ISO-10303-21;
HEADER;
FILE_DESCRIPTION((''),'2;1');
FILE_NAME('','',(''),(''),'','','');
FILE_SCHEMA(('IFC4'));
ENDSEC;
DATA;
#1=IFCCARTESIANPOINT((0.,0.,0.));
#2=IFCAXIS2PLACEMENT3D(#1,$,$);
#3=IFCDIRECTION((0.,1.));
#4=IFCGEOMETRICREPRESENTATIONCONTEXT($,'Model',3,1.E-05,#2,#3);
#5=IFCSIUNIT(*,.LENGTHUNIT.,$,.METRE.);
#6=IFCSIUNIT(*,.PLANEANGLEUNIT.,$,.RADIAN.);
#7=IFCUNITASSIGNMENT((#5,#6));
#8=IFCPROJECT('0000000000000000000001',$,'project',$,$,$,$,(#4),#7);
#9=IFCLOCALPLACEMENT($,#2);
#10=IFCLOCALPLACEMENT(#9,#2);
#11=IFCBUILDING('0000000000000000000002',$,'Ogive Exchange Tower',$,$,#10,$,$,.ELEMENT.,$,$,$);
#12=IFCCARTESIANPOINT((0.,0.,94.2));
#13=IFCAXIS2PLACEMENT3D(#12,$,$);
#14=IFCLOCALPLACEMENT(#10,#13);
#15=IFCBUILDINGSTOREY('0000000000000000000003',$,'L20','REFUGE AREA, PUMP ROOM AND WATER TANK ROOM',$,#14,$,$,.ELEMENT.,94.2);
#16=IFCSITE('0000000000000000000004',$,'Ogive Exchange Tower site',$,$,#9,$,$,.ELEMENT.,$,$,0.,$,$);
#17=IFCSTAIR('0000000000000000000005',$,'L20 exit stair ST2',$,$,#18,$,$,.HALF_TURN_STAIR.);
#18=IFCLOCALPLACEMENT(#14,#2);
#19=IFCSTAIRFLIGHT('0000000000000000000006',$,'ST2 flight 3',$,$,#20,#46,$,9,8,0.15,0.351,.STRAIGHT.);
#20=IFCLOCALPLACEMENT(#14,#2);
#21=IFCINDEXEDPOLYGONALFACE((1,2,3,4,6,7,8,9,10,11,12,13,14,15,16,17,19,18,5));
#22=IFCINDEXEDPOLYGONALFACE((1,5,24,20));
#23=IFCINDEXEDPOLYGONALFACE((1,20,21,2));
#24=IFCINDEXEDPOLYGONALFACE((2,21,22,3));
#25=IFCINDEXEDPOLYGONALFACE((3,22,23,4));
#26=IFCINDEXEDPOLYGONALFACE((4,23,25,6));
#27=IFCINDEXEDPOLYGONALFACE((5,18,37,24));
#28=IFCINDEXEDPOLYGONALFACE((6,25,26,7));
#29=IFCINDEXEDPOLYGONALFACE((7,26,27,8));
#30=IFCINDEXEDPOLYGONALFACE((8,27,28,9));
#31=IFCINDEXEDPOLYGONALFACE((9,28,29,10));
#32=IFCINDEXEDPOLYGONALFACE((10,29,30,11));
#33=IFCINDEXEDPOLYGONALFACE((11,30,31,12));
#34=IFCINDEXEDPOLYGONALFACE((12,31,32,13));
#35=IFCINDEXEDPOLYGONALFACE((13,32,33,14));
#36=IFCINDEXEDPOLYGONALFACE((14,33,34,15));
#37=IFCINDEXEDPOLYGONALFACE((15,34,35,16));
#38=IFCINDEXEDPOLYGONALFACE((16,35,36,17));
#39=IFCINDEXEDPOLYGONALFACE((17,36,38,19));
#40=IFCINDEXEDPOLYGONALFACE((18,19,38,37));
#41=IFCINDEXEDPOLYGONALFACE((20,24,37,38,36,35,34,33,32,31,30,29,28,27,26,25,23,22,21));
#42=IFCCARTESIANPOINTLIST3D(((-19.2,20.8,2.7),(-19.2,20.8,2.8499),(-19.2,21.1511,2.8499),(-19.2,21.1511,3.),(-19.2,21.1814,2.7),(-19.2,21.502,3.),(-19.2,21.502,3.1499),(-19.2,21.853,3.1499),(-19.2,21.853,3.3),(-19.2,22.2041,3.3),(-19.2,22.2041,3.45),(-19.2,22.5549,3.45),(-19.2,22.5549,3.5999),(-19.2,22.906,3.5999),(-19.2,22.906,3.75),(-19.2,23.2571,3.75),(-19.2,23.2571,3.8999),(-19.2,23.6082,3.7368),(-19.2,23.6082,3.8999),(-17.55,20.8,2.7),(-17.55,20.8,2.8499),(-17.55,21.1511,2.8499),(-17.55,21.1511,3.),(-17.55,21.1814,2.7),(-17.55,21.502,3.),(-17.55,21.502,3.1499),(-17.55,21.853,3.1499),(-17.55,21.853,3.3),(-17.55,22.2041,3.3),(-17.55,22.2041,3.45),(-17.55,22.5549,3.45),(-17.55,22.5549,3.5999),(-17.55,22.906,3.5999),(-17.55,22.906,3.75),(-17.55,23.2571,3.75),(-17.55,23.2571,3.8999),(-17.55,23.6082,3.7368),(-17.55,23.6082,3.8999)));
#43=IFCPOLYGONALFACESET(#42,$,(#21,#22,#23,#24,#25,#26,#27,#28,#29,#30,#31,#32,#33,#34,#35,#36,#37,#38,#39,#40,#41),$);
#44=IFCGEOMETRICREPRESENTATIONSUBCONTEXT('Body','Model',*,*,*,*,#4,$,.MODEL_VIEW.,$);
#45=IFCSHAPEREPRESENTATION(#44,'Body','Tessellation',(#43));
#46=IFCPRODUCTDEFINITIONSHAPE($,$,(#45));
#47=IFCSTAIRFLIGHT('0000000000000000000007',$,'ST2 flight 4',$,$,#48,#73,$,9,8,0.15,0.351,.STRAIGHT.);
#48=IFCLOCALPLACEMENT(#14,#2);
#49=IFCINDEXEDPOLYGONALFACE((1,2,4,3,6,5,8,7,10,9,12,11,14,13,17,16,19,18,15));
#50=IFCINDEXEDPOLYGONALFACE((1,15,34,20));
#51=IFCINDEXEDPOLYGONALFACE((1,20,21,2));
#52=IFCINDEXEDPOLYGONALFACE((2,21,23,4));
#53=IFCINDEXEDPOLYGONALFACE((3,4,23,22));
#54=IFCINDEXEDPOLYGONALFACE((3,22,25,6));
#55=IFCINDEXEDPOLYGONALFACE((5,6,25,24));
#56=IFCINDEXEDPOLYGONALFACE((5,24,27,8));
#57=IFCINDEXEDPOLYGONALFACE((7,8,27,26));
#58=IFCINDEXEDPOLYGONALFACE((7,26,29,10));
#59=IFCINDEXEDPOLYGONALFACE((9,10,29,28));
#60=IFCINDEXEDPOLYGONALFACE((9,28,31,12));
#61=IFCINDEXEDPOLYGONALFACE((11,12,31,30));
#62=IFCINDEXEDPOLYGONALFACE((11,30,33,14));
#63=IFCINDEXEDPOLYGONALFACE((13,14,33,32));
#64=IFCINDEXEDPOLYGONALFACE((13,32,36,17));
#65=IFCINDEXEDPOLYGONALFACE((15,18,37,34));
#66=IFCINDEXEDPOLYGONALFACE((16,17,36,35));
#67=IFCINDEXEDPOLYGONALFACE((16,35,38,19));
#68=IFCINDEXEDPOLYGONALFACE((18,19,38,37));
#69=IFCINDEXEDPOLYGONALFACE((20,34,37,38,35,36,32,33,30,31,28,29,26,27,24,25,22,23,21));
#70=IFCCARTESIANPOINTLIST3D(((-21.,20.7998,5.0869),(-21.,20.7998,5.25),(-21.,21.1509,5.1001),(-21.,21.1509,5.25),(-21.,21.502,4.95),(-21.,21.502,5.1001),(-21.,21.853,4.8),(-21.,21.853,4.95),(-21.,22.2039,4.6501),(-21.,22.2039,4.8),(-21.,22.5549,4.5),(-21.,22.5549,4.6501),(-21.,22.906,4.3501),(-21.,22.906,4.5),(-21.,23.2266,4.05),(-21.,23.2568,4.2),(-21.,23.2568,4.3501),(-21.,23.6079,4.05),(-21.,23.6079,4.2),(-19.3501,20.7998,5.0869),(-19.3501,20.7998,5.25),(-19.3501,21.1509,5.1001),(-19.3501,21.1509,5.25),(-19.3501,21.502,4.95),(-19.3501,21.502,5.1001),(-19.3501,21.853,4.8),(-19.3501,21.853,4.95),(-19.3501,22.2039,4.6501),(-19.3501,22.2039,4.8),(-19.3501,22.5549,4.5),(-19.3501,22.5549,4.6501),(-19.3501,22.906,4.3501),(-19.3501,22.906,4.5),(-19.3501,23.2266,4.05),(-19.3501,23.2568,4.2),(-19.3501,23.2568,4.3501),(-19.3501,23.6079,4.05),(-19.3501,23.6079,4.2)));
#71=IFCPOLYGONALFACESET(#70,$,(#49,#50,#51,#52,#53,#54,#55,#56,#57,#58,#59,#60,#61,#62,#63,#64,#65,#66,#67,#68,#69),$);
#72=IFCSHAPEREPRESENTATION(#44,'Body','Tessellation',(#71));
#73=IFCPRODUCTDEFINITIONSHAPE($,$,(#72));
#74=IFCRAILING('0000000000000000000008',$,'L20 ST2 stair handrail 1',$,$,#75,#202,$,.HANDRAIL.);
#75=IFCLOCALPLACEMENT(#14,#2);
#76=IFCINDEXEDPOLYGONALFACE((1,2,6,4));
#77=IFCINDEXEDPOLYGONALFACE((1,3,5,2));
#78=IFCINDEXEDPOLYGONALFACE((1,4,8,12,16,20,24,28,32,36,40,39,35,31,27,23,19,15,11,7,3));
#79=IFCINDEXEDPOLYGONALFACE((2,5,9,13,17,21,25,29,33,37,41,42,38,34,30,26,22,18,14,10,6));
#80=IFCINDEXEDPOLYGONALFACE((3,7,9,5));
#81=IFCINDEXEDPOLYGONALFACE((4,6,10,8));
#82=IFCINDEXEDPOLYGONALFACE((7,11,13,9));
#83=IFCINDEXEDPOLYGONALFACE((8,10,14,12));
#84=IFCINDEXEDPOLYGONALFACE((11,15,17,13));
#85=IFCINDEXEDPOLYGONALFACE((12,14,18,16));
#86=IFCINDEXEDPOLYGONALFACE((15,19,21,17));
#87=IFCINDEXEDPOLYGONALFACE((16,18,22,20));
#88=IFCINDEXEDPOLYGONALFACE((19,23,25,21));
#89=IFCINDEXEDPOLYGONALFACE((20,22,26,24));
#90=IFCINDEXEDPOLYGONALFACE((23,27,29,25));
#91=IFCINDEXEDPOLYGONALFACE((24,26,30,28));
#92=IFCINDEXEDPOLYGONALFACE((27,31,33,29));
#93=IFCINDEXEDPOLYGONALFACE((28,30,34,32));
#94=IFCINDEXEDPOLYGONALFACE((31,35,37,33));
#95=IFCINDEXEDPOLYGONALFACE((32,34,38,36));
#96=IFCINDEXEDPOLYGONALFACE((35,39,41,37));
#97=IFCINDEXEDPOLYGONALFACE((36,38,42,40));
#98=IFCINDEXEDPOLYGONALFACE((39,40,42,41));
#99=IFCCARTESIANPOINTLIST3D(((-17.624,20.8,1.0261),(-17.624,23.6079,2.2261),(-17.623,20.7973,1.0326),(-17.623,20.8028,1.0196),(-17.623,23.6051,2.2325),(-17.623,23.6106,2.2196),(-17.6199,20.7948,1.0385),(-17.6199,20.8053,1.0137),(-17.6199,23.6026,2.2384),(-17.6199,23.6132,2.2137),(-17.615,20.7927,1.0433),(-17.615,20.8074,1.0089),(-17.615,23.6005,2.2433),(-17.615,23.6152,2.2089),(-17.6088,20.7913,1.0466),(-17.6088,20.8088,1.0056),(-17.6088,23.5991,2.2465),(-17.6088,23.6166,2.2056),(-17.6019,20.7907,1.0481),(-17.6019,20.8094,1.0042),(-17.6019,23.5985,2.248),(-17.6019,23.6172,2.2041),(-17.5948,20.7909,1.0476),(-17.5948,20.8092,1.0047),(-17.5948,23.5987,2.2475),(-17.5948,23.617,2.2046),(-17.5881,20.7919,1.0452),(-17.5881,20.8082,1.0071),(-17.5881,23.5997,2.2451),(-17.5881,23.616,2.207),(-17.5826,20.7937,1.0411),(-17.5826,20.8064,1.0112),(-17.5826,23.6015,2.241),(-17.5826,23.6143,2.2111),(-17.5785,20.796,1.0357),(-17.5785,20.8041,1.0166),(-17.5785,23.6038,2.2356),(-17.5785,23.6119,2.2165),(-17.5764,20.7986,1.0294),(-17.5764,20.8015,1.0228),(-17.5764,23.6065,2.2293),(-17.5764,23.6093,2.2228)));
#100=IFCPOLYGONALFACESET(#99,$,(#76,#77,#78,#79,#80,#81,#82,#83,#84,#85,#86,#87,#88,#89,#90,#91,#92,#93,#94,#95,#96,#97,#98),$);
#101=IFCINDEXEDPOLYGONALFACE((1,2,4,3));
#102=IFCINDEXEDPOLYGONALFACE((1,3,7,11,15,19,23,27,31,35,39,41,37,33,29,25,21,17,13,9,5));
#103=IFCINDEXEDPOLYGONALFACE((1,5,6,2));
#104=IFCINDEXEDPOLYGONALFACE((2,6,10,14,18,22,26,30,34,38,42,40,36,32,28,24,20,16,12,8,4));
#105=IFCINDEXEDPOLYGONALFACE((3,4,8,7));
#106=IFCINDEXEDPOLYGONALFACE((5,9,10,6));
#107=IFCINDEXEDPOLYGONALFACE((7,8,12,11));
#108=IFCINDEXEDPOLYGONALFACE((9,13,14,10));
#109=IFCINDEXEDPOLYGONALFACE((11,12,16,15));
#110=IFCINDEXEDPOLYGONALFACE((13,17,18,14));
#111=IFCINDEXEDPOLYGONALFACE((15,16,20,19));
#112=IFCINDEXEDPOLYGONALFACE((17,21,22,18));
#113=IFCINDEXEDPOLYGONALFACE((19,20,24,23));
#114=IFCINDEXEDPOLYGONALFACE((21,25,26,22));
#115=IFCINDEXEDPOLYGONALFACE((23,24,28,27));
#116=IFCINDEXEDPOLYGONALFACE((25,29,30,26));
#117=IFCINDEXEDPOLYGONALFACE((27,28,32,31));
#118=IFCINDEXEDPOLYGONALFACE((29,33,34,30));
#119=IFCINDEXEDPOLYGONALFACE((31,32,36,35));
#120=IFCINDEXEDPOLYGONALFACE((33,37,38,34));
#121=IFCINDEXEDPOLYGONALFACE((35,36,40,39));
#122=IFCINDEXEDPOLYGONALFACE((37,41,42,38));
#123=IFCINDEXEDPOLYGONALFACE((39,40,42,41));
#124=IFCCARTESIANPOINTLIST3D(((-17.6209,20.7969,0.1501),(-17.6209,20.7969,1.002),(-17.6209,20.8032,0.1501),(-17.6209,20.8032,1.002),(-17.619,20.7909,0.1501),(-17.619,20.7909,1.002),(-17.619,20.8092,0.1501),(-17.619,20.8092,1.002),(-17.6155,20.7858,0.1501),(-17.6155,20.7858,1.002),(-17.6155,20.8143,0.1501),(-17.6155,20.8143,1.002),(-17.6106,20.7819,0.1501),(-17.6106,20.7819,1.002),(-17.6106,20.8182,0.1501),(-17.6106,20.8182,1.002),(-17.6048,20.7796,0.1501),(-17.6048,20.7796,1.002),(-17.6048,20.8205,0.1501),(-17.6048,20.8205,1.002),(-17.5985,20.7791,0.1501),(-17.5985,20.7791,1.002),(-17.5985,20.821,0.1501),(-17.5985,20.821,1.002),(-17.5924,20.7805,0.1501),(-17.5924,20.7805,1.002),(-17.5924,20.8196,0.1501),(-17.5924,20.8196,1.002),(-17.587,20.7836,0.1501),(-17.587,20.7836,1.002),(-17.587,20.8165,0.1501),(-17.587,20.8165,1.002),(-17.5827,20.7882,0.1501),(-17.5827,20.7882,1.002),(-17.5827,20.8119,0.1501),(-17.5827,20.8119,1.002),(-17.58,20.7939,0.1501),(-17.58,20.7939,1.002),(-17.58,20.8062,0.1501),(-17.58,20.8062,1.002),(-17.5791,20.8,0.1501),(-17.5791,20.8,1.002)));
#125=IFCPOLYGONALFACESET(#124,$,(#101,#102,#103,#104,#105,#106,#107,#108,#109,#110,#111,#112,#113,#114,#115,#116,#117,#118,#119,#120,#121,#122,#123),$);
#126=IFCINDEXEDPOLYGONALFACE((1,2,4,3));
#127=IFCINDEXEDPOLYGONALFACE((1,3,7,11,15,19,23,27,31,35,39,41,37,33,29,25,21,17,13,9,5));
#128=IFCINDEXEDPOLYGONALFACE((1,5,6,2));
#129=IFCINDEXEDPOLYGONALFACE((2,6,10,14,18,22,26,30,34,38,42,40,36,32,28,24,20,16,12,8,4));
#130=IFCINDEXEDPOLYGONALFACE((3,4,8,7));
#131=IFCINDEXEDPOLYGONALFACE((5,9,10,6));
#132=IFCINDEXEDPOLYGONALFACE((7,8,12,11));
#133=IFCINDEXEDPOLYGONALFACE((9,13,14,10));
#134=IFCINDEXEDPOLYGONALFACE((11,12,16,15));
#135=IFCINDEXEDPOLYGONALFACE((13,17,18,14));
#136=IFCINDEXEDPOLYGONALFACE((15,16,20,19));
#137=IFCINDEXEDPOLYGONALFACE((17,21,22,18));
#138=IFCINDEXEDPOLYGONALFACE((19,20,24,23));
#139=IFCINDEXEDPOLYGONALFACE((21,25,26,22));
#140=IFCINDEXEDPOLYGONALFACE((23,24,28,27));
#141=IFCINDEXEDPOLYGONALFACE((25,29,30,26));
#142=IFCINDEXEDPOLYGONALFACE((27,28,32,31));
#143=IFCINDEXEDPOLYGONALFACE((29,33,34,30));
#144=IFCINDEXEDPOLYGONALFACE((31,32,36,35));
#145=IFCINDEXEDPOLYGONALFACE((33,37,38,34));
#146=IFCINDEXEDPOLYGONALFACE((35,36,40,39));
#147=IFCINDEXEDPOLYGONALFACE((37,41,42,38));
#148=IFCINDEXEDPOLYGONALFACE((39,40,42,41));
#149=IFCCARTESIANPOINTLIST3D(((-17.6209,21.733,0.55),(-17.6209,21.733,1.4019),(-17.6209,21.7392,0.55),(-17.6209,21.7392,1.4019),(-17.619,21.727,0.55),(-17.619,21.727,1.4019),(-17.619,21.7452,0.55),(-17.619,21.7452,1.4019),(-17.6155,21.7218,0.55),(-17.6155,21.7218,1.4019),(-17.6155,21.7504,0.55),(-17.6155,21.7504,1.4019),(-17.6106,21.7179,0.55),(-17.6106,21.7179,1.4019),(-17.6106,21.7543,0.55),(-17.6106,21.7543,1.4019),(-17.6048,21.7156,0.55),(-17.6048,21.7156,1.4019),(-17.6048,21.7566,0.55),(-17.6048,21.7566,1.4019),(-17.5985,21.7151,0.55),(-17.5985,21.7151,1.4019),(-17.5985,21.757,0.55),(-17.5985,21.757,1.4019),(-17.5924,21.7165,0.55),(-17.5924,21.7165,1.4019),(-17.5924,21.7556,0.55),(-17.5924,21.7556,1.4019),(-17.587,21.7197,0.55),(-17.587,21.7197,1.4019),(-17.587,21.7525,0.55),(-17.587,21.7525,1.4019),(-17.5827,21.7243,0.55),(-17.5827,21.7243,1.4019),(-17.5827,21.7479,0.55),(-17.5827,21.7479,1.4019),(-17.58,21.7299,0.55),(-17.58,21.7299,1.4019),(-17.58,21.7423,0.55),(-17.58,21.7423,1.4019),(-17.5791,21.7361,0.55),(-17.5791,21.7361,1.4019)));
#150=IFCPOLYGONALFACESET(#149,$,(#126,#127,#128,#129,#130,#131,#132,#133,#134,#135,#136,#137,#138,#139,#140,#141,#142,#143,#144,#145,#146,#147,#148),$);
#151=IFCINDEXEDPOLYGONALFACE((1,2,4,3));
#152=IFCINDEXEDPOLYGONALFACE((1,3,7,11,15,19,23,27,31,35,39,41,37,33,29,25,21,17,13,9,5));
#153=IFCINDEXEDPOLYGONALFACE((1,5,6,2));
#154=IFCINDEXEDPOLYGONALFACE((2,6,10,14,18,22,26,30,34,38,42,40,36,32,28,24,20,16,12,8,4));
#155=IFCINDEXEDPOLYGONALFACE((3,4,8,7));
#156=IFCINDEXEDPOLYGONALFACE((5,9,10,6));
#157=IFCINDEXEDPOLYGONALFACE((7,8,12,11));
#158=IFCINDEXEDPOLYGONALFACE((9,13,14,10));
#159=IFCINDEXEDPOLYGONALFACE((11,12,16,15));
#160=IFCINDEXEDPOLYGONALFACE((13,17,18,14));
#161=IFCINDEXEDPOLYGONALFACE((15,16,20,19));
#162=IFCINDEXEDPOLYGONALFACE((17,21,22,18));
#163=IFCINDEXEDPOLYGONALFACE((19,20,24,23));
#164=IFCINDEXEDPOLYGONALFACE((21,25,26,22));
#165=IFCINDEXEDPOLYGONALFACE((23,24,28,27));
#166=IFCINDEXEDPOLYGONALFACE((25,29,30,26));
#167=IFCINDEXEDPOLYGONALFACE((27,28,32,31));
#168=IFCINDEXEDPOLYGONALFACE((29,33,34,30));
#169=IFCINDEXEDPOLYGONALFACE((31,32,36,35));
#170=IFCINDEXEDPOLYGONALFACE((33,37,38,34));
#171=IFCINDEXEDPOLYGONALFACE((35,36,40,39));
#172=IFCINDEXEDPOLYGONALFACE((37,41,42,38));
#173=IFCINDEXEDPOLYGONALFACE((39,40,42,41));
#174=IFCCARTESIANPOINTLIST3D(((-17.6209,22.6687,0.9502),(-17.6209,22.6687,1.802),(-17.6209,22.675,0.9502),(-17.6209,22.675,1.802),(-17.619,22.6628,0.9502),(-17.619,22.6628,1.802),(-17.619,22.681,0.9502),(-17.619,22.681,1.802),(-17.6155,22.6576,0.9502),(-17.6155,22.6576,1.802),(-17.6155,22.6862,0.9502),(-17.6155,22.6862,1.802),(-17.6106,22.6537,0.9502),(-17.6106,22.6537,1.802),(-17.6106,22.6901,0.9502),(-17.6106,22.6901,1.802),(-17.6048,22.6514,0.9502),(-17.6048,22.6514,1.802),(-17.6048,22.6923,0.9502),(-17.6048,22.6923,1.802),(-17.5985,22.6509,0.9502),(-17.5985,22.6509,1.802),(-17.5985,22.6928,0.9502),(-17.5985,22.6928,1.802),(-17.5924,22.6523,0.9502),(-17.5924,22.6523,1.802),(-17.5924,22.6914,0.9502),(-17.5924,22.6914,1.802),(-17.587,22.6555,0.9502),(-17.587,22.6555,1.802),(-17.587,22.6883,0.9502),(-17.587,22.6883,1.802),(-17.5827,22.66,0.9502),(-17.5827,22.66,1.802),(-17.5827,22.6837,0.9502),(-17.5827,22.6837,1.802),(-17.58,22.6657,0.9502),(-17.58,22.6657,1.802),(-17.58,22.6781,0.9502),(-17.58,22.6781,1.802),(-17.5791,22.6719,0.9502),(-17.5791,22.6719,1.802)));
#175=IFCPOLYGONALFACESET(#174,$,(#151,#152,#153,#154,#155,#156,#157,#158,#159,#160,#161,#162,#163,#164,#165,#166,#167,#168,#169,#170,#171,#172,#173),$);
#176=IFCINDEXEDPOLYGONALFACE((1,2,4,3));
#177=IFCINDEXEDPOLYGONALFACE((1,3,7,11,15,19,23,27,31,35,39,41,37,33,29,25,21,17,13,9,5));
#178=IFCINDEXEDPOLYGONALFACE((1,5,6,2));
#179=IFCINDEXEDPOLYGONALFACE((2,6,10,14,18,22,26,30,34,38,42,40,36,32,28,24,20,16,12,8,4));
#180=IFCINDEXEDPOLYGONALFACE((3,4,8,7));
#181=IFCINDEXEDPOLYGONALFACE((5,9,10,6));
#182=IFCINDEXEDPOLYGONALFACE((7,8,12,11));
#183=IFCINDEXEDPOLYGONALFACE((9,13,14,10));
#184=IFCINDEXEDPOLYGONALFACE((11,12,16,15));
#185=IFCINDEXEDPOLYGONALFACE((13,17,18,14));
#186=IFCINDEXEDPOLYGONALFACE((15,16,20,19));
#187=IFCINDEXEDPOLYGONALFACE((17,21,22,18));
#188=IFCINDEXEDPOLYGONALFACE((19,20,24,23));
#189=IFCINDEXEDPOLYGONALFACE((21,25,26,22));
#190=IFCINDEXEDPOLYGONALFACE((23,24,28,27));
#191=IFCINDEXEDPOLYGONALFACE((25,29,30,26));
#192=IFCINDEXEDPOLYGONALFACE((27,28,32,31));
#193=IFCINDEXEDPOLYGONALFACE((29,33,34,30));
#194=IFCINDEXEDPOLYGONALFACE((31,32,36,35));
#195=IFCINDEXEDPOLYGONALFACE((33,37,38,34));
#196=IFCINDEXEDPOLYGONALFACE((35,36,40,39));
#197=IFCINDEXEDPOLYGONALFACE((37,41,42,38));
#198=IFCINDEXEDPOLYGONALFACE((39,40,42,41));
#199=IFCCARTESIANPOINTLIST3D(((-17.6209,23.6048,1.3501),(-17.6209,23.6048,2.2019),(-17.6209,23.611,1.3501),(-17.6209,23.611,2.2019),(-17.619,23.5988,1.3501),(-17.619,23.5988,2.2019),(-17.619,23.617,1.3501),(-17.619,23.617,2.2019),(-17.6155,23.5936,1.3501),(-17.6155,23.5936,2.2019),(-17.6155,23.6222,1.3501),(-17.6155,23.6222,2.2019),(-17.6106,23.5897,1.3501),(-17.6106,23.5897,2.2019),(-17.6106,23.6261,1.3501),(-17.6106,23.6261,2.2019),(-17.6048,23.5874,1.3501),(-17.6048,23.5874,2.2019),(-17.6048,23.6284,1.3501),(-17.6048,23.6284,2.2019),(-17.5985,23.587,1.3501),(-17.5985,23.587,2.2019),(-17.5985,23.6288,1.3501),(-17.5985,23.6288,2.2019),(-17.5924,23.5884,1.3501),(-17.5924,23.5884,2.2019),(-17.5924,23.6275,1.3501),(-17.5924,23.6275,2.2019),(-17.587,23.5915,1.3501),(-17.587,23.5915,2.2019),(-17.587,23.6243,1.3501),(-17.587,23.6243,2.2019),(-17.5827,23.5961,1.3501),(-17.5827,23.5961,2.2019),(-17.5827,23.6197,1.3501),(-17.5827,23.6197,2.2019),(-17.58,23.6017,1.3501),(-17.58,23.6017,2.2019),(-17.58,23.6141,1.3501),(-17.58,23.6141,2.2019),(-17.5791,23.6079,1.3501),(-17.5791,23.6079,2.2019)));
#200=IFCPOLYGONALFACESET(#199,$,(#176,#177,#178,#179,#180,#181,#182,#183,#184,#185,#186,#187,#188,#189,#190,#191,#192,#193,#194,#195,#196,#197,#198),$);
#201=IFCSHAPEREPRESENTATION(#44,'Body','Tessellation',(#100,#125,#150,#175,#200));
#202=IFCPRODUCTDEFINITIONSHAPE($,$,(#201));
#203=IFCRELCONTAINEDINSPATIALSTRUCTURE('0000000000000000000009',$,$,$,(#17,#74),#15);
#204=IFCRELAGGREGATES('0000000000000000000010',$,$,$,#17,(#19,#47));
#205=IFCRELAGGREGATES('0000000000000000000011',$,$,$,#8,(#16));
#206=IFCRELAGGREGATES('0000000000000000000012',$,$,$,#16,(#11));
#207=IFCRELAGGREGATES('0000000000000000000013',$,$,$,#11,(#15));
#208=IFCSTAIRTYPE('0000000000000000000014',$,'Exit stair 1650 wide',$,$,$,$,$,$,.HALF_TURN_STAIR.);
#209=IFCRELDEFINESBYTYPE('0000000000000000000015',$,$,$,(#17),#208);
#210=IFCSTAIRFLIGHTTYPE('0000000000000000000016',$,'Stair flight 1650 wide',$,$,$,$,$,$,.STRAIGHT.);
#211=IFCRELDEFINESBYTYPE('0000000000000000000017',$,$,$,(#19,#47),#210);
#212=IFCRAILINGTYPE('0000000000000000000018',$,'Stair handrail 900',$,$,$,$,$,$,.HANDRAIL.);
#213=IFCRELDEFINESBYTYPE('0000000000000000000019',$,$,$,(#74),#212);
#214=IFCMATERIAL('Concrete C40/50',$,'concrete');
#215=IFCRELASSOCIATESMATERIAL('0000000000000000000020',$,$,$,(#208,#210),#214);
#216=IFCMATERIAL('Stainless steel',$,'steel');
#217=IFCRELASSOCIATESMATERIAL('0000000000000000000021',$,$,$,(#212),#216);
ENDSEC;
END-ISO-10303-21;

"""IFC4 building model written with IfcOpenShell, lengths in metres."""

from ifc_helpers import new_model, si_unit, direction, frame, origin, origin_2d, place, context, subcontext, project, spatial, polyline, circle, outline, extrude, material, type_object, element, aggregate, save


model = new_model("IFC4")

# Units and contexts
model_context = context("Model", 3, precision=1e-05, world=origin(), true_north=direction((0.0, 1.0)))
body_context = subcontext(model_context, "Body", "Model", "MODEL_VIEW")
ifc_project = project(units=[si_unit("LENGTHUNIT", "METRE"), si_unit("PLANEANGLEUNIT", "RADIAN")], contexts=[model_context])

# Site, building, storey
site_placement = place(None, origin())
site = spatial("IfcSite", under=ifc_project, at=site_placement, Name="Ogive Exchange Tower site", CompositionType="ELEMENT", RefElevation=0.0)
building_placement = place(site_placement, origin())
building = spatial("IfcBuilding", under=site, at=building_placement, Name="Ogive Exchange Tower", CompositionType="ELEMENT")
storey_placement = place(building_placement, frame((0.0, 0.0, 94.2)))
storey = spatial("IfcBuildingStorey", under=building, at=storey_placement, Name="L20", Description="REFUGE AREA, PUMP ROOM AND WATER TANK ROOM", CompositionType="ELEMENT", Elevation=94.2)

# Stair, stair flights
ifc_material_1 = material(Name="Concrete C40/50", Category="concrete")
stair_type = type_object("IfcStairType", Name="Exit stair 1650 wide", PredefinedType="HALF_TURN_STAIR", material=ifc_material_1)
stair_placement = place(storey_placement, origin())
stair = element("IfcStair", 1, at=stair_placement, inside=storey, type_object=stair_type, Name="L20 exit stair ST2", PredefinedType="HALF_TURN_STAIR")
stair_flight_type = type_object("IfcStairFlightType", Name="Stair flight 1650 wide", PredefinedType="STRAIGHT", material=ifc_material_1)
stair_flight_1_placement = place(storey_placement, frame((-18.375, 20.8, 2.7), z_axis=(0.0, 0.0, 1.0), x_axis=(0.0, 1.0, 0.0)))
stair_flight_1 = element("IfcStairFlight", 2, at=stair_flight_1_placement, type_object=stair_flight_type, Name="ST2 flight 3", NumberOfRisers=9, NumberOfTreads=8, PredefinedType="STRAIGHT", RiserHeight=0.15, TreadLength=0.351, context=body_context, shape_type="SweptSolid", body=[
    extrude(outline(polyline([(0.0, 0.0), (0.0, 0.1499), (0.3511, 0.1499), (0.3511, 0.3), (0.7019, 0.3), (0.7019, 0.45), (1.053, 0.45), (1.053, 0.6001), (1.4041, 0.6001), (1.4041, 0.75), (1.7549, 0.75), (1.7549, 0.8999), (2.106, 0.8999), (2.106, 1.05), (2.457, 1.05), (2.457, 1.2), (2.8081, 1.2), (2.8081, 1.3501), (2.8081, 1.0369), (0.3813, 0.0), (0.0, 0.0)])), frame((0.0, 0.825, 0.0), z_axis=(0.0, -1.0, 0.0), x_axis=(1.0, 0.0, 0.0)), (0.0, 0.0, 1.0), 1.6499),
])
stair_flight_2_placement = place(storey_placement, frame((-20.175, 23.6079, 4.05), z_axis=(0.0, 0.0, 1.0), x_axis=(0.0, -1.0, 0.0)))
stair_flight_2 = element("IfcStairFlight", 3, at=stair_flight_2_placement, type_object=stair_flight_type, Name="ST2 flight 4", NumberOfRisers=9, NumberOfTreads=8, PredefinedType="STRAIGHT", RiserHeight=0.15, TreadLength=0.351, context=body_context, shape_type="SweptSolid", body=[
    extrude(outline(polyline([(0.0, 0.0), (0.0, 0.1499), (0.3511, 0.1499), (0.3511, 0.3), (0.7019, 0.3), (0.7019, 0.45), (1.053, 0.45), (1.053, 0.6001), (1.4041, 0.6001), (1.4041, 0.75), (1.7549, 0.75), (1.7549, 0.8999), (2.106, 0.8999), (2.106, 1.05), (2.457, 1.05), (2.457, 1.2), (2.8081, 1.2), (2.8081, 1.3501), (2.8081, 1.0369), (0.3813, 0.0), (0.0, 0.0)])), frame((0.0, 0.825, 0.0), z_axis=(0.0, -1.0, 0.0), x_axis=(1.0, 0.0, 0.0)), (0.0, 0.0, 1.0), 1.6499),
])
aggregate(stair, [stair_flight_1, stair_flight_2])

# Railing
ifc_material_2 = material(Name="Stainless steel", Category="steel")
railing_type = type_object("IfcRailingType", Name="Stair handrail 900", PredefinedType="HANDRAIL", material=ifc_material_2)
railing_1_placement = place(storey_placement, frame((-17.6001, 20.8, 0.1501)))
element("IfcRailing", 4, at=railing_1_placement, inside=storey, type_object=railing_type, Name="L20 ST2 stair handrail 1", PredefinedType="HANDRAIL", context=body_context, shape_type="SweptSolid", body=[
    extrude(circle(Radius=0.0239, at=origin_2d()), frame((0.0, 0.0, 0.876), z_axis=(0.0, 0.91955, 0.392973), x_axis=(-1.0, 0.0, 0.0)), (0.0, 0.0, 1.0), 3.0535),
    extrude(circle(Radius=0.021, at=origin_2d()), origin(), (0.0, 0.0, 1.0), 0.8518),
    extrude(circle(Radius=0.021, at=origin_2d()), frame((0.0, 0.936, 0.3999)), (0.0, 0.0, 1.0), 0.8518),
    extrude(circle(Radius=0.021, at=origin_2d()), frame((0.0, 1.8718, 0.8)), (0.0, 0.0, 1.0), 0.8518),
    extrude(circle(Radius=0.021, at=origin_2d()), frame((0.0, 2.8079, 1.2)), (0.0, 0.0, 1.0), 0.8518),
])

save(model, "model.ifc")
